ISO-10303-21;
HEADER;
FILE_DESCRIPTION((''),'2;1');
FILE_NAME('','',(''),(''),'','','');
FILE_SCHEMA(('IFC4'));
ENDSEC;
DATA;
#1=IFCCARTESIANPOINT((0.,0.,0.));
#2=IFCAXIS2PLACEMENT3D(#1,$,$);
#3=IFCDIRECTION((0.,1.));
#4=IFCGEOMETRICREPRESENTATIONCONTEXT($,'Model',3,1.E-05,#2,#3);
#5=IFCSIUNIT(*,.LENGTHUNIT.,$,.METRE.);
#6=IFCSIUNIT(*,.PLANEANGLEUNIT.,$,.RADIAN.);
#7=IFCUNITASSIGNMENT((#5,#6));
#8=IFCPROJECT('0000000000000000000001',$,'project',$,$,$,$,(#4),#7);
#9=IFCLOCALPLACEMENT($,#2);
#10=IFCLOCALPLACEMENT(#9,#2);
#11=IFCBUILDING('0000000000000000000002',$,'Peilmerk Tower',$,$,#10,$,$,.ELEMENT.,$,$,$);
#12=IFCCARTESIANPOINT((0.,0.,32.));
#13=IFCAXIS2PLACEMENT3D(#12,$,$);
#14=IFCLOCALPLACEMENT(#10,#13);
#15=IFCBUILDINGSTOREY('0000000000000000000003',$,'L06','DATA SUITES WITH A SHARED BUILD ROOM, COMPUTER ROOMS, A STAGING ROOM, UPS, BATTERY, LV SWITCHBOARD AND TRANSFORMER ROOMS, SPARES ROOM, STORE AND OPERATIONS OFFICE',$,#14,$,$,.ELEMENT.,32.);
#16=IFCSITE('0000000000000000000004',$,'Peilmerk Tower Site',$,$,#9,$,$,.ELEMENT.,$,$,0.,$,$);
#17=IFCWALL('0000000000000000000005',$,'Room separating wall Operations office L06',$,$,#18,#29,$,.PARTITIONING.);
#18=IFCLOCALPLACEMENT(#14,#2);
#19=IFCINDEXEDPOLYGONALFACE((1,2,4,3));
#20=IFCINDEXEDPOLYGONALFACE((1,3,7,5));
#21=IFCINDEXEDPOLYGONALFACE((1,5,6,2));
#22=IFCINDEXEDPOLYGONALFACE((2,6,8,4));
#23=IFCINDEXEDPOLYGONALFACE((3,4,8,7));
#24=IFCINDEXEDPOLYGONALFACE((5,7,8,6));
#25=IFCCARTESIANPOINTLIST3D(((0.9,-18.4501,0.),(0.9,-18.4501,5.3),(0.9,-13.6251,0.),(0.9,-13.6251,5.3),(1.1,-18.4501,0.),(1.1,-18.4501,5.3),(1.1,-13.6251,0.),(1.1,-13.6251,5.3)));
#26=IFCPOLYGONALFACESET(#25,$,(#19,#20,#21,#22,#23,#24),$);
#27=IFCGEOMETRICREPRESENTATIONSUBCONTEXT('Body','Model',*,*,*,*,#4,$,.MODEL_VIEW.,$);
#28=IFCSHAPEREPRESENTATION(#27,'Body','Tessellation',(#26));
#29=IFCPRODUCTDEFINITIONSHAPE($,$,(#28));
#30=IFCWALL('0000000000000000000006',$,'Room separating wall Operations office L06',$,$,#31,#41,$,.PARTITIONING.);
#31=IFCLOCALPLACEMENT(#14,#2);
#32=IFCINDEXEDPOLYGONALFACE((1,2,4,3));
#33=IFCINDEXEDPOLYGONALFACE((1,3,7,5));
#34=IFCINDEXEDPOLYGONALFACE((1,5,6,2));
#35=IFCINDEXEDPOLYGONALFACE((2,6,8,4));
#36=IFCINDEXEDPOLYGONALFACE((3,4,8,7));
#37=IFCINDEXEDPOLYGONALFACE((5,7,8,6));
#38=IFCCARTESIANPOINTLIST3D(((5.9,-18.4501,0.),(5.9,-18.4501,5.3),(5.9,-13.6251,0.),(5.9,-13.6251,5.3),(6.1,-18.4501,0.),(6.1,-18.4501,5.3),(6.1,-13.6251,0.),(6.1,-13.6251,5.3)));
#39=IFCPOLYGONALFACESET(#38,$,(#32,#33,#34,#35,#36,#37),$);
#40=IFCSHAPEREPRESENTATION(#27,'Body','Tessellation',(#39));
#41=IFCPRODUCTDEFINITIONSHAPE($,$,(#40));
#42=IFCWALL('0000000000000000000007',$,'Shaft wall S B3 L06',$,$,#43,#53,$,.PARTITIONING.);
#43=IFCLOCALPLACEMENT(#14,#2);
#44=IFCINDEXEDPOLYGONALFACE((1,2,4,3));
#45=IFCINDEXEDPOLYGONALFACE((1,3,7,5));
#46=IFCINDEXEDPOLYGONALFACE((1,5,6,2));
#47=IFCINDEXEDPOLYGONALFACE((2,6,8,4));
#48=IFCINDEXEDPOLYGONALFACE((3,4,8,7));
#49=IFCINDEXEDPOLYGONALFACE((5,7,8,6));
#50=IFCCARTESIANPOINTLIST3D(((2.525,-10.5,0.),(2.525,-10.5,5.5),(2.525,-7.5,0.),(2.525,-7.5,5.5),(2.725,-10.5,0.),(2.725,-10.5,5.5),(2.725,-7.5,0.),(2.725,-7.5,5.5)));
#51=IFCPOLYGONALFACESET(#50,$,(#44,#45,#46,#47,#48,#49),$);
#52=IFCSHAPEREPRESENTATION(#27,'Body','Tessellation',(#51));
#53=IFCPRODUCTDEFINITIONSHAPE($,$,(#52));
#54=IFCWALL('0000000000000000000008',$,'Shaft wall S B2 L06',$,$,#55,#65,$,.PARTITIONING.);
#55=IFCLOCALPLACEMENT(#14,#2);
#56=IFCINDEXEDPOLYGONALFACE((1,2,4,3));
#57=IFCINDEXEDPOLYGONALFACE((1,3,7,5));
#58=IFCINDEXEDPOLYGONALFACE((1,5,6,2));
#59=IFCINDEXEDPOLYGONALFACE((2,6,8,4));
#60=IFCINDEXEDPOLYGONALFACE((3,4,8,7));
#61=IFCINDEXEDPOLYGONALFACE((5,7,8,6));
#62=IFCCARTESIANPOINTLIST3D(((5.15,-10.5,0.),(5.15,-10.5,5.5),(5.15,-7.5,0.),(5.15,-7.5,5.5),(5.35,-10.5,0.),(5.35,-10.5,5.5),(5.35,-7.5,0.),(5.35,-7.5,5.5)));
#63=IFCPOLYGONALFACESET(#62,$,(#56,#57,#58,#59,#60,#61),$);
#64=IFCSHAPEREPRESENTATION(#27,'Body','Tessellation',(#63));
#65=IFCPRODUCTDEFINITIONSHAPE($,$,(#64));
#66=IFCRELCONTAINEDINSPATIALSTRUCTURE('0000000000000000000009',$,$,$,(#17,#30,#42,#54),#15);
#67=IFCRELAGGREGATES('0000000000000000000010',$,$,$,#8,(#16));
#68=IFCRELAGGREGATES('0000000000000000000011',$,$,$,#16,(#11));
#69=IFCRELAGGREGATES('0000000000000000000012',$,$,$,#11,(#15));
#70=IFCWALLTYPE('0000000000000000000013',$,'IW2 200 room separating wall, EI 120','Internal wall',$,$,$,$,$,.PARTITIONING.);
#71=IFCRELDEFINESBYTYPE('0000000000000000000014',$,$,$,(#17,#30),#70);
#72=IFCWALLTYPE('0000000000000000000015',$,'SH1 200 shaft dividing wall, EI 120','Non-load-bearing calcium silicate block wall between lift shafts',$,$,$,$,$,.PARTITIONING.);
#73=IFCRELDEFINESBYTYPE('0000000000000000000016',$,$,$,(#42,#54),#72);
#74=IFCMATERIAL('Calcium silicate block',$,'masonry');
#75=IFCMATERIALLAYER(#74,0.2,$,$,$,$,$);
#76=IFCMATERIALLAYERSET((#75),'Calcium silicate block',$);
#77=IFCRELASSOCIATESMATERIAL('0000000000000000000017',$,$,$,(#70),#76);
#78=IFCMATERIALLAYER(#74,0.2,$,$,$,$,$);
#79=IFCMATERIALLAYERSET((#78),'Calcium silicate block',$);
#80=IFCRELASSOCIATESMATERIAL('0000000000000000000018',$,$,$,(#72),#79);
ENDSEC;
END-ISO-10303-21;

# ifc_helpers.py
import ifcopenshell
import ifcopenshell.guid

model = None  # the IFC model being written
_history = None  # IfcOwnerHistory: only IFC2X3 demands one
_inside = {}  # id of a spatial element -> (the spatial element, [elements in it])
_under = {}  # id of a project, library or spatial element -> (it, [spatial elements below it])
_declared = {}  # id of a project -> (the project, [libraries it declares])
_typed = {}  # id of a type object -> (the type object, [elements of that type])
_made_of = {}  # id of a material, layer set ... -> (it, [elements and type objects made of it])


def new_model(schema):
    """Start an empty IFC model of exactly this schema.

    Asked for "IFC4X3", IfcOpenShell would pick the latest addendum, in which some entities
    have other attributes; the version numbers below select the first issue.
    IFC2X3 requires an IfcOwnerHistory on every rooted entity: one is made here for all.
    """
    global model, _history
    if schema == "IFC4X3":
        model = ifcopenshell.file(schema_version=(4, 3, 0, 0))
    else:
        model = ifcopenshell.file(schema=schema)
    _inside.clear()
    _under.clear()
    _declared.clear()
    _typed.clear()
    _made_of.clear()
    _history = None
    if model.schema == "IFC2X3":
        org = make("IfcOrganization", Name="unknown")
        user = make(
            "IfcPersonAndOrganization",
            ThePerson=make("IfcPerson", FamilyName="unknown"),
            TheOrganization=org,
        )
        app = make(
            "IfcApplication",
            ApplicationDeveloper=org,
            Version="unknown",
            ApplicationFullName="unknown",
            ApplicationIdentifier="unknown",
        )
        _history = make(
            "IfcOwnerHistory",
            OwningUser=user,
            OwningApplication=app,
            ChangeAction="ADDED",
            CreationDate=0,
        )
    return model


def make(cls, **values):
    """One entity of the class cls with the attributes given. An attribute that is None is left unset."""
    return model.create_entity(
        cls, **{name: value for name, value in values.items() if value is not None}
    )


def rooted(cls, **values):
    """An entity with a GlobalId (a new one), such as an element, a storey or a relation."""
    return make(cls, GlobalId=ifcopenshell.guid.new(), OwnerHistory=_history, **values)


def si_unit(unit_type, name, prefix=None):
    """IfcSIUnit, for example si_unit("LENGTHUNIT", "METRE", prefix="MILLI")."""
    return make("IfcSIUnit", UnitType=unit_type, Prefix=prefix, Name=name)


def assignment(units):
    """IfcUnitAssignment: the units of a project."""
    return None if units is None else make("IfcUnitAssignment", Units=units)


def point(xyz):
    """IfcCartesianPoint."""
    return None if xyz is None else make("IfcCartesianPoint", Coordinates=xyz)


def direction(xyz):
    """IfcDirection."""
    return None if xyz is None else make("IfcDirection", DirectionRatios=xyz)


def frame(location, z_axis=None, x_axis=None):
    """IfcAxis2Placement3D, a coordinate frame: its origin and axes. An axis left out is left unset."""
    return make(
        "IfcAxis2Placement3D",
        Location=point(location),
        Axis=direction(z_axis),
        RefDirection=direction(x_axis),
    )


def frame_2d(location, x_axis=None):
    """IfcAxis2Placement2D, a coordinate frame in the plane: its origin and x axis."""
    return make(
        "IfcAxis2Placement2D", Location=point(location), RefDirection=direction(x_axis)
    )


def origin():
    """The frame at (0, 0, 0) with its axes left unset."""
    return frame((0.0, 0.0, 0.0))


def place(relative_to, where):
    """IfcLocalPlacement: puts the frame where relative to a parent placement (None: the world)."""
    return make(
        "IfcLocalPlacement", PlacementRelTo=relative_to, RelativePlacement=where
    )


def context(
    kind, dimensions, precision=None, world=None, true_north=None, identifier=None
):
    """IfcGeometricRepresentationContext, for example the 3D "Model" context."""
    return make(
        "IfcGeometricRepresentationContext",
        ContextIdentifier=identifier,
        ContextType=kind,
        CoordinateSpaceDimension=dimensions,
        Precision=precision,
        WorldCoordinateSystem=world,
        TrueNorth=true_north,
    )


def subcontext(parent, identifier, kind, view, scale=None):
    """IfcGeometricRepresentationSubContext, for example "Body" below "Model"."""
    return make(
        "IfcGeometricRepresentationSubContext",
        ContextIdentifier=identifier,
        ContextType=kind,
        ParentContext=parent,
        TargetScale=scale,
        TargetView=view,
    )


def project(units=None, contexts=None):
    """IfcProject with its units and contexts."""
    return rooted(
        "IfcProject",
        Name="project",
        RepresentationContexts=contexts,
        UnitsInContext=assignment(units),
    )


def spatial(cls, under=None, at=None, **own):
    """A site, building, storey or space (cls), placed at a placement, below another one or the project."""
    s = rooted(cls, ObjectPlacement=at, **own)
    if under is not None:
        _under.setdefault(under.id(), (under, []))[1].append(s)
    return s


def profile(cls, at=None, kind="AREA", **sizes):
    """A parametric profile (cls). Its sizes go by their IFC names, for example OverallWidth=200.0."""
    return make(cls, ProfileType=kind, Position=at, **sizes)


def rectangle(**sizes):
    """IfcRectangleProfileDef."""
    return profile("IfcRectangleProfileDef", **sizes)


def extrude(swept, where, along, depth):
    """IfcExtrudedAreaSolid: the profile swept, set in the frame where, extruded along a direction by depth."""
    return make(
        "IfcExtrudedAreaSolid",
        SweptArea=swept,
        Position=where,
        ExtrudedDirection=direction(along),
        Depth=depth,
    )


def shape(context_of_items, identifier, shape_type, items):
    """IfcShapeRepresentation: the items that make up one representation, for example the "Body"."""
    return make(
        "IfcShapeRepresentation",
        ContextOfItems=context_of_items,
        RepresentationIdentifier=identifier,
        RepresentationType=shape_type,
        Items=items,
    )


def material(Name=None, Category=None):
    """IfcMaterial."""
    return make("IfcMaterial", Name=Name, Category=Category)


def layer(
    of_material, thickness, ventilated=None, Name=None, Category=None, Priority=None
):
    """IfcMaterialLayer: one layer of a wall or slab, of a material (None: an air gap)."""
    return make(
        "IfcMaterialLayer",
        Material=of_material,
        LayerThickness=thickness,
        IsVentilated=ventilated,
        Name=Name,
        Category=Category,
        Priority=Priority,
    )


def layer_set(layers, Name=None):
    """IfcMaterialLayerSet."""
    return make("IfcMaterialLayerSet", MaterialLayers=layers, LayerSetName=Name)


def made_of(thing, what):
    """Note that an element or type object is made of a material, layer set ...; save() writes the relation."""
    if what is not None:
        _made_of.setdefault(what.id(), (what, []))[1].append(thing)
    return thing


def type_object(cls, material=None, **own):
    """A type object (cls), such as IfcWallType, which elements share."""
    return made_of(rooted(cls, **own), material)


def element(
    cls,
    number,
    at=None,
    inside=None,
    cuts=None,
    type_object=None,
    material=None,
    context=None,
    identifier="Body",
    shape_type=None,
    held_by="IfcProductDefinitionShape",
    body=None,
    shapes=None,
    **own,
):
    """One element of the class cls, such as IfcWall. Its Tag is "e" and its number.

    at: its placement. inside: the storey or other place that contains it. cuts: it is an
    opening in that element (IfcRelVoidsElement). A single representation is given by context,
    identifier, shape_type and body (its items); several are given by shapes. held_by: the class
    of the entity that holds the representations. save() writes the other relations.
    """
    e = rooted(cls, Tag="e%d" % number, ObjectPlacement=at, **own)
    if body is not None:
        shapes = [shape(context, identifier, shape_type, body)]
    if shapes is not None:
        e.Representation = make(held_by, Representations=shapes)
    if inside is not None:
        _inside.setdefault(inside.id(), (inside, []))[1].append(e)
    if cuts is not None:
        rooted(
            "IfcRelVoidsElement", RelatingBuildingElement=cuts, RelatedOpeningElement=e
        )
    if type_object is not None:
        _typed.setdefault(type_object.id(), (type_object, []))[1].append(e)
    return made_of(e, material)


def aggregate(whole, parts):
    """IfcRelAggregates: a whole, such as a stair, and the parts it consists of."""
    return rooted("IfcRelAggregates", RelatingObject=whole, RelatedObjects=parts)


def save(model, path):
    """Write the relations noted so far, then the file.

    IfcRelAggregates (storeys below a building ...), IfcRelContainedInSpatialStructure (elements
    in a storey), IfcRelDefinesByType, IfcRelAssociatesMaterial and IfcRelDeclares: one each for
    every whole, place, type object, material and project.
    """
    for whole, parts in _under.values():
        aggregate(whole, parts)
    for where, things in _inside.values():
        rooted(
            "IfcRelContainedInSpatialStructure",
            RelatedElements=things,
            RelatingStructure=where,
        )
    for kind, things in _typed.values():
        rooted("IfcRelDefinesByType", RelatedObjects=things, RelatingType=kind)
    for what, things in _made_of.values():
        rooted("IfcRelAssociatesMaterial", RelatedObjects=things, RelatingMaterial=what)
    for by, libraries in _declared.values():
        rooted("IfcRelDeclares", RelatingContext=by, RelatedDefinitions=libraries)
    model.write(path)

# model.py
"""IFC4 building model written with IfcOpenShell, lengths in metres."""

from ifc_helpers import new_model, si_unit, direction, frame, frame_2d, origin, place, context, subcontext, project, spatial, rectangle, extrude, material, layer, layer_set, type_object, element, save


model = new_model("IFC4")

# Units and contexts
model_context = context("Model", 3, precision=1e-05, world=origin(), true_north=direction((0.0, 1.0)))
body_context = subcontext(model_context, "Body", "Model", "MODEL_VIEW")
ifc_project = project(units=[si_unit("LENGTHUNIT", "METRE"), si_unit("PLANEANGLEUNIT", "RADIAN")], contexts=[model_context])

# Site, building, storey
site_placement = place(None, origin())
site = spatial("IfcSite", under=ifc_project, at=site_placement, Name="Peilmerk Tower Site", CompositionType="ELEMENT", RefElevation=0.0)
building_placement = place(site_placement, origin())
building = spatial("IfcBuilding", under=site, at=building_placement, Name="Peilmerk Tower", CompositionType="ELEMENT")
storey_placement = place(building_placement, frame((0.0, 0.0, 32.0)))
storey = spatial("IfcBuildingStorey", under=building, at=storey_placement, Name="L06", Description="DATA SUITES WITH A SHARED BUILD ROOM, COMPUTER ROOMS, A STAGING ROOM, UPS, BATTERY, LV SWITCHBOARD AND TRANSFORMER ROOMS, SPARES ROOM, STORE AND OPERATIONS OFFICE", CompositionType="ELEMENT", Elevation=32.0)

# Walls
ifc_material_1 = material(Name="Calcium silicate block", Category="masonry")
ifc_layer_1 = layer(ifc_material_1, 0.2)
ifc_layer_set_1 = layer_set([ifc_layer_1], Name="Calcium silicate block")
wall_type_1 = type_object("IfcWallType", Name="IW2 200 room separating wall, EI 120", Description="Internal wall", PredefinedType="PARTITIONING", material=ifc_layer_set_1)
for number, where, z_axis, x_axis, name in (
    (1, (1.0, -13.625, 0.0), (0.0, 0.0, 1.0), (0.0, -1.0, 0.0), "Room separating wall Operations office L06"),
    (2, (6.0, -13.625, 0.0), (0.0, 0.0, 1.0), (0.0, -1.0, 0.0), "Room separating wall Operations office L06"),
):
    element("IfcWall", number, at=place(storey_placement, frame(where, z_axis=z_axis, x_axis=x_axis)), inside=storey, type_object=wall_type_1, Name=name, PredefinedType="PARTITIONING", context=body_context, shape_type="SweptSolid", body=[
        extrude(rectangle(XDim=4.825, YDim=0.2, at=frame_2d((2.4126, 0.0))), origin(), (0.0, 0.0, 1.0), 5.3),
    ])
ifc_layer_2 = layer(ifc_material_1, 0.2)
ifc_layer_set_2 = layer_set([ifc_layer_2], Name="Calcium silicate block")
wall_type_2 = type_object("IfcWallType", Name="SH1 200 shaft dividing wall, EI 120", Description="Non-load-bearing calcium silicate block wall between lift shafts", PredefinedType="PARTITIONING", material=ifc_layer_set_2)
for number, where, z_axis, x_axis, name in (
    (3, (2.625, -10.5, 0.0), (0.0, 0.0, 1.0), (0.0, 1.0, 0.0), "Shaft wall S B3 L06"),
    (4, (5.25, -10.5, 0.0), (0.0, 0.0, 1.0), (0.0, 1.0, 0.0), "Shaft wall S B2 L06"),
):
    element("IfcWall", number, at=place(storey_placement, frame(where, z_axis=z_axis, x_axis=x_axis)), inside=storey, type_object=wall_type_2, Name=name, PredefinedType="PARTITIONING", context=body_context, shape_type="SweptSolid", body=[
        extrude(rectangle(XDim=3.0, YDim=0.2, at=frame_2d((1.5, 0.0))), origin(), (0.0, 0.0, 1.0), 5.5),
    ])

save(model, "model.ifc")
